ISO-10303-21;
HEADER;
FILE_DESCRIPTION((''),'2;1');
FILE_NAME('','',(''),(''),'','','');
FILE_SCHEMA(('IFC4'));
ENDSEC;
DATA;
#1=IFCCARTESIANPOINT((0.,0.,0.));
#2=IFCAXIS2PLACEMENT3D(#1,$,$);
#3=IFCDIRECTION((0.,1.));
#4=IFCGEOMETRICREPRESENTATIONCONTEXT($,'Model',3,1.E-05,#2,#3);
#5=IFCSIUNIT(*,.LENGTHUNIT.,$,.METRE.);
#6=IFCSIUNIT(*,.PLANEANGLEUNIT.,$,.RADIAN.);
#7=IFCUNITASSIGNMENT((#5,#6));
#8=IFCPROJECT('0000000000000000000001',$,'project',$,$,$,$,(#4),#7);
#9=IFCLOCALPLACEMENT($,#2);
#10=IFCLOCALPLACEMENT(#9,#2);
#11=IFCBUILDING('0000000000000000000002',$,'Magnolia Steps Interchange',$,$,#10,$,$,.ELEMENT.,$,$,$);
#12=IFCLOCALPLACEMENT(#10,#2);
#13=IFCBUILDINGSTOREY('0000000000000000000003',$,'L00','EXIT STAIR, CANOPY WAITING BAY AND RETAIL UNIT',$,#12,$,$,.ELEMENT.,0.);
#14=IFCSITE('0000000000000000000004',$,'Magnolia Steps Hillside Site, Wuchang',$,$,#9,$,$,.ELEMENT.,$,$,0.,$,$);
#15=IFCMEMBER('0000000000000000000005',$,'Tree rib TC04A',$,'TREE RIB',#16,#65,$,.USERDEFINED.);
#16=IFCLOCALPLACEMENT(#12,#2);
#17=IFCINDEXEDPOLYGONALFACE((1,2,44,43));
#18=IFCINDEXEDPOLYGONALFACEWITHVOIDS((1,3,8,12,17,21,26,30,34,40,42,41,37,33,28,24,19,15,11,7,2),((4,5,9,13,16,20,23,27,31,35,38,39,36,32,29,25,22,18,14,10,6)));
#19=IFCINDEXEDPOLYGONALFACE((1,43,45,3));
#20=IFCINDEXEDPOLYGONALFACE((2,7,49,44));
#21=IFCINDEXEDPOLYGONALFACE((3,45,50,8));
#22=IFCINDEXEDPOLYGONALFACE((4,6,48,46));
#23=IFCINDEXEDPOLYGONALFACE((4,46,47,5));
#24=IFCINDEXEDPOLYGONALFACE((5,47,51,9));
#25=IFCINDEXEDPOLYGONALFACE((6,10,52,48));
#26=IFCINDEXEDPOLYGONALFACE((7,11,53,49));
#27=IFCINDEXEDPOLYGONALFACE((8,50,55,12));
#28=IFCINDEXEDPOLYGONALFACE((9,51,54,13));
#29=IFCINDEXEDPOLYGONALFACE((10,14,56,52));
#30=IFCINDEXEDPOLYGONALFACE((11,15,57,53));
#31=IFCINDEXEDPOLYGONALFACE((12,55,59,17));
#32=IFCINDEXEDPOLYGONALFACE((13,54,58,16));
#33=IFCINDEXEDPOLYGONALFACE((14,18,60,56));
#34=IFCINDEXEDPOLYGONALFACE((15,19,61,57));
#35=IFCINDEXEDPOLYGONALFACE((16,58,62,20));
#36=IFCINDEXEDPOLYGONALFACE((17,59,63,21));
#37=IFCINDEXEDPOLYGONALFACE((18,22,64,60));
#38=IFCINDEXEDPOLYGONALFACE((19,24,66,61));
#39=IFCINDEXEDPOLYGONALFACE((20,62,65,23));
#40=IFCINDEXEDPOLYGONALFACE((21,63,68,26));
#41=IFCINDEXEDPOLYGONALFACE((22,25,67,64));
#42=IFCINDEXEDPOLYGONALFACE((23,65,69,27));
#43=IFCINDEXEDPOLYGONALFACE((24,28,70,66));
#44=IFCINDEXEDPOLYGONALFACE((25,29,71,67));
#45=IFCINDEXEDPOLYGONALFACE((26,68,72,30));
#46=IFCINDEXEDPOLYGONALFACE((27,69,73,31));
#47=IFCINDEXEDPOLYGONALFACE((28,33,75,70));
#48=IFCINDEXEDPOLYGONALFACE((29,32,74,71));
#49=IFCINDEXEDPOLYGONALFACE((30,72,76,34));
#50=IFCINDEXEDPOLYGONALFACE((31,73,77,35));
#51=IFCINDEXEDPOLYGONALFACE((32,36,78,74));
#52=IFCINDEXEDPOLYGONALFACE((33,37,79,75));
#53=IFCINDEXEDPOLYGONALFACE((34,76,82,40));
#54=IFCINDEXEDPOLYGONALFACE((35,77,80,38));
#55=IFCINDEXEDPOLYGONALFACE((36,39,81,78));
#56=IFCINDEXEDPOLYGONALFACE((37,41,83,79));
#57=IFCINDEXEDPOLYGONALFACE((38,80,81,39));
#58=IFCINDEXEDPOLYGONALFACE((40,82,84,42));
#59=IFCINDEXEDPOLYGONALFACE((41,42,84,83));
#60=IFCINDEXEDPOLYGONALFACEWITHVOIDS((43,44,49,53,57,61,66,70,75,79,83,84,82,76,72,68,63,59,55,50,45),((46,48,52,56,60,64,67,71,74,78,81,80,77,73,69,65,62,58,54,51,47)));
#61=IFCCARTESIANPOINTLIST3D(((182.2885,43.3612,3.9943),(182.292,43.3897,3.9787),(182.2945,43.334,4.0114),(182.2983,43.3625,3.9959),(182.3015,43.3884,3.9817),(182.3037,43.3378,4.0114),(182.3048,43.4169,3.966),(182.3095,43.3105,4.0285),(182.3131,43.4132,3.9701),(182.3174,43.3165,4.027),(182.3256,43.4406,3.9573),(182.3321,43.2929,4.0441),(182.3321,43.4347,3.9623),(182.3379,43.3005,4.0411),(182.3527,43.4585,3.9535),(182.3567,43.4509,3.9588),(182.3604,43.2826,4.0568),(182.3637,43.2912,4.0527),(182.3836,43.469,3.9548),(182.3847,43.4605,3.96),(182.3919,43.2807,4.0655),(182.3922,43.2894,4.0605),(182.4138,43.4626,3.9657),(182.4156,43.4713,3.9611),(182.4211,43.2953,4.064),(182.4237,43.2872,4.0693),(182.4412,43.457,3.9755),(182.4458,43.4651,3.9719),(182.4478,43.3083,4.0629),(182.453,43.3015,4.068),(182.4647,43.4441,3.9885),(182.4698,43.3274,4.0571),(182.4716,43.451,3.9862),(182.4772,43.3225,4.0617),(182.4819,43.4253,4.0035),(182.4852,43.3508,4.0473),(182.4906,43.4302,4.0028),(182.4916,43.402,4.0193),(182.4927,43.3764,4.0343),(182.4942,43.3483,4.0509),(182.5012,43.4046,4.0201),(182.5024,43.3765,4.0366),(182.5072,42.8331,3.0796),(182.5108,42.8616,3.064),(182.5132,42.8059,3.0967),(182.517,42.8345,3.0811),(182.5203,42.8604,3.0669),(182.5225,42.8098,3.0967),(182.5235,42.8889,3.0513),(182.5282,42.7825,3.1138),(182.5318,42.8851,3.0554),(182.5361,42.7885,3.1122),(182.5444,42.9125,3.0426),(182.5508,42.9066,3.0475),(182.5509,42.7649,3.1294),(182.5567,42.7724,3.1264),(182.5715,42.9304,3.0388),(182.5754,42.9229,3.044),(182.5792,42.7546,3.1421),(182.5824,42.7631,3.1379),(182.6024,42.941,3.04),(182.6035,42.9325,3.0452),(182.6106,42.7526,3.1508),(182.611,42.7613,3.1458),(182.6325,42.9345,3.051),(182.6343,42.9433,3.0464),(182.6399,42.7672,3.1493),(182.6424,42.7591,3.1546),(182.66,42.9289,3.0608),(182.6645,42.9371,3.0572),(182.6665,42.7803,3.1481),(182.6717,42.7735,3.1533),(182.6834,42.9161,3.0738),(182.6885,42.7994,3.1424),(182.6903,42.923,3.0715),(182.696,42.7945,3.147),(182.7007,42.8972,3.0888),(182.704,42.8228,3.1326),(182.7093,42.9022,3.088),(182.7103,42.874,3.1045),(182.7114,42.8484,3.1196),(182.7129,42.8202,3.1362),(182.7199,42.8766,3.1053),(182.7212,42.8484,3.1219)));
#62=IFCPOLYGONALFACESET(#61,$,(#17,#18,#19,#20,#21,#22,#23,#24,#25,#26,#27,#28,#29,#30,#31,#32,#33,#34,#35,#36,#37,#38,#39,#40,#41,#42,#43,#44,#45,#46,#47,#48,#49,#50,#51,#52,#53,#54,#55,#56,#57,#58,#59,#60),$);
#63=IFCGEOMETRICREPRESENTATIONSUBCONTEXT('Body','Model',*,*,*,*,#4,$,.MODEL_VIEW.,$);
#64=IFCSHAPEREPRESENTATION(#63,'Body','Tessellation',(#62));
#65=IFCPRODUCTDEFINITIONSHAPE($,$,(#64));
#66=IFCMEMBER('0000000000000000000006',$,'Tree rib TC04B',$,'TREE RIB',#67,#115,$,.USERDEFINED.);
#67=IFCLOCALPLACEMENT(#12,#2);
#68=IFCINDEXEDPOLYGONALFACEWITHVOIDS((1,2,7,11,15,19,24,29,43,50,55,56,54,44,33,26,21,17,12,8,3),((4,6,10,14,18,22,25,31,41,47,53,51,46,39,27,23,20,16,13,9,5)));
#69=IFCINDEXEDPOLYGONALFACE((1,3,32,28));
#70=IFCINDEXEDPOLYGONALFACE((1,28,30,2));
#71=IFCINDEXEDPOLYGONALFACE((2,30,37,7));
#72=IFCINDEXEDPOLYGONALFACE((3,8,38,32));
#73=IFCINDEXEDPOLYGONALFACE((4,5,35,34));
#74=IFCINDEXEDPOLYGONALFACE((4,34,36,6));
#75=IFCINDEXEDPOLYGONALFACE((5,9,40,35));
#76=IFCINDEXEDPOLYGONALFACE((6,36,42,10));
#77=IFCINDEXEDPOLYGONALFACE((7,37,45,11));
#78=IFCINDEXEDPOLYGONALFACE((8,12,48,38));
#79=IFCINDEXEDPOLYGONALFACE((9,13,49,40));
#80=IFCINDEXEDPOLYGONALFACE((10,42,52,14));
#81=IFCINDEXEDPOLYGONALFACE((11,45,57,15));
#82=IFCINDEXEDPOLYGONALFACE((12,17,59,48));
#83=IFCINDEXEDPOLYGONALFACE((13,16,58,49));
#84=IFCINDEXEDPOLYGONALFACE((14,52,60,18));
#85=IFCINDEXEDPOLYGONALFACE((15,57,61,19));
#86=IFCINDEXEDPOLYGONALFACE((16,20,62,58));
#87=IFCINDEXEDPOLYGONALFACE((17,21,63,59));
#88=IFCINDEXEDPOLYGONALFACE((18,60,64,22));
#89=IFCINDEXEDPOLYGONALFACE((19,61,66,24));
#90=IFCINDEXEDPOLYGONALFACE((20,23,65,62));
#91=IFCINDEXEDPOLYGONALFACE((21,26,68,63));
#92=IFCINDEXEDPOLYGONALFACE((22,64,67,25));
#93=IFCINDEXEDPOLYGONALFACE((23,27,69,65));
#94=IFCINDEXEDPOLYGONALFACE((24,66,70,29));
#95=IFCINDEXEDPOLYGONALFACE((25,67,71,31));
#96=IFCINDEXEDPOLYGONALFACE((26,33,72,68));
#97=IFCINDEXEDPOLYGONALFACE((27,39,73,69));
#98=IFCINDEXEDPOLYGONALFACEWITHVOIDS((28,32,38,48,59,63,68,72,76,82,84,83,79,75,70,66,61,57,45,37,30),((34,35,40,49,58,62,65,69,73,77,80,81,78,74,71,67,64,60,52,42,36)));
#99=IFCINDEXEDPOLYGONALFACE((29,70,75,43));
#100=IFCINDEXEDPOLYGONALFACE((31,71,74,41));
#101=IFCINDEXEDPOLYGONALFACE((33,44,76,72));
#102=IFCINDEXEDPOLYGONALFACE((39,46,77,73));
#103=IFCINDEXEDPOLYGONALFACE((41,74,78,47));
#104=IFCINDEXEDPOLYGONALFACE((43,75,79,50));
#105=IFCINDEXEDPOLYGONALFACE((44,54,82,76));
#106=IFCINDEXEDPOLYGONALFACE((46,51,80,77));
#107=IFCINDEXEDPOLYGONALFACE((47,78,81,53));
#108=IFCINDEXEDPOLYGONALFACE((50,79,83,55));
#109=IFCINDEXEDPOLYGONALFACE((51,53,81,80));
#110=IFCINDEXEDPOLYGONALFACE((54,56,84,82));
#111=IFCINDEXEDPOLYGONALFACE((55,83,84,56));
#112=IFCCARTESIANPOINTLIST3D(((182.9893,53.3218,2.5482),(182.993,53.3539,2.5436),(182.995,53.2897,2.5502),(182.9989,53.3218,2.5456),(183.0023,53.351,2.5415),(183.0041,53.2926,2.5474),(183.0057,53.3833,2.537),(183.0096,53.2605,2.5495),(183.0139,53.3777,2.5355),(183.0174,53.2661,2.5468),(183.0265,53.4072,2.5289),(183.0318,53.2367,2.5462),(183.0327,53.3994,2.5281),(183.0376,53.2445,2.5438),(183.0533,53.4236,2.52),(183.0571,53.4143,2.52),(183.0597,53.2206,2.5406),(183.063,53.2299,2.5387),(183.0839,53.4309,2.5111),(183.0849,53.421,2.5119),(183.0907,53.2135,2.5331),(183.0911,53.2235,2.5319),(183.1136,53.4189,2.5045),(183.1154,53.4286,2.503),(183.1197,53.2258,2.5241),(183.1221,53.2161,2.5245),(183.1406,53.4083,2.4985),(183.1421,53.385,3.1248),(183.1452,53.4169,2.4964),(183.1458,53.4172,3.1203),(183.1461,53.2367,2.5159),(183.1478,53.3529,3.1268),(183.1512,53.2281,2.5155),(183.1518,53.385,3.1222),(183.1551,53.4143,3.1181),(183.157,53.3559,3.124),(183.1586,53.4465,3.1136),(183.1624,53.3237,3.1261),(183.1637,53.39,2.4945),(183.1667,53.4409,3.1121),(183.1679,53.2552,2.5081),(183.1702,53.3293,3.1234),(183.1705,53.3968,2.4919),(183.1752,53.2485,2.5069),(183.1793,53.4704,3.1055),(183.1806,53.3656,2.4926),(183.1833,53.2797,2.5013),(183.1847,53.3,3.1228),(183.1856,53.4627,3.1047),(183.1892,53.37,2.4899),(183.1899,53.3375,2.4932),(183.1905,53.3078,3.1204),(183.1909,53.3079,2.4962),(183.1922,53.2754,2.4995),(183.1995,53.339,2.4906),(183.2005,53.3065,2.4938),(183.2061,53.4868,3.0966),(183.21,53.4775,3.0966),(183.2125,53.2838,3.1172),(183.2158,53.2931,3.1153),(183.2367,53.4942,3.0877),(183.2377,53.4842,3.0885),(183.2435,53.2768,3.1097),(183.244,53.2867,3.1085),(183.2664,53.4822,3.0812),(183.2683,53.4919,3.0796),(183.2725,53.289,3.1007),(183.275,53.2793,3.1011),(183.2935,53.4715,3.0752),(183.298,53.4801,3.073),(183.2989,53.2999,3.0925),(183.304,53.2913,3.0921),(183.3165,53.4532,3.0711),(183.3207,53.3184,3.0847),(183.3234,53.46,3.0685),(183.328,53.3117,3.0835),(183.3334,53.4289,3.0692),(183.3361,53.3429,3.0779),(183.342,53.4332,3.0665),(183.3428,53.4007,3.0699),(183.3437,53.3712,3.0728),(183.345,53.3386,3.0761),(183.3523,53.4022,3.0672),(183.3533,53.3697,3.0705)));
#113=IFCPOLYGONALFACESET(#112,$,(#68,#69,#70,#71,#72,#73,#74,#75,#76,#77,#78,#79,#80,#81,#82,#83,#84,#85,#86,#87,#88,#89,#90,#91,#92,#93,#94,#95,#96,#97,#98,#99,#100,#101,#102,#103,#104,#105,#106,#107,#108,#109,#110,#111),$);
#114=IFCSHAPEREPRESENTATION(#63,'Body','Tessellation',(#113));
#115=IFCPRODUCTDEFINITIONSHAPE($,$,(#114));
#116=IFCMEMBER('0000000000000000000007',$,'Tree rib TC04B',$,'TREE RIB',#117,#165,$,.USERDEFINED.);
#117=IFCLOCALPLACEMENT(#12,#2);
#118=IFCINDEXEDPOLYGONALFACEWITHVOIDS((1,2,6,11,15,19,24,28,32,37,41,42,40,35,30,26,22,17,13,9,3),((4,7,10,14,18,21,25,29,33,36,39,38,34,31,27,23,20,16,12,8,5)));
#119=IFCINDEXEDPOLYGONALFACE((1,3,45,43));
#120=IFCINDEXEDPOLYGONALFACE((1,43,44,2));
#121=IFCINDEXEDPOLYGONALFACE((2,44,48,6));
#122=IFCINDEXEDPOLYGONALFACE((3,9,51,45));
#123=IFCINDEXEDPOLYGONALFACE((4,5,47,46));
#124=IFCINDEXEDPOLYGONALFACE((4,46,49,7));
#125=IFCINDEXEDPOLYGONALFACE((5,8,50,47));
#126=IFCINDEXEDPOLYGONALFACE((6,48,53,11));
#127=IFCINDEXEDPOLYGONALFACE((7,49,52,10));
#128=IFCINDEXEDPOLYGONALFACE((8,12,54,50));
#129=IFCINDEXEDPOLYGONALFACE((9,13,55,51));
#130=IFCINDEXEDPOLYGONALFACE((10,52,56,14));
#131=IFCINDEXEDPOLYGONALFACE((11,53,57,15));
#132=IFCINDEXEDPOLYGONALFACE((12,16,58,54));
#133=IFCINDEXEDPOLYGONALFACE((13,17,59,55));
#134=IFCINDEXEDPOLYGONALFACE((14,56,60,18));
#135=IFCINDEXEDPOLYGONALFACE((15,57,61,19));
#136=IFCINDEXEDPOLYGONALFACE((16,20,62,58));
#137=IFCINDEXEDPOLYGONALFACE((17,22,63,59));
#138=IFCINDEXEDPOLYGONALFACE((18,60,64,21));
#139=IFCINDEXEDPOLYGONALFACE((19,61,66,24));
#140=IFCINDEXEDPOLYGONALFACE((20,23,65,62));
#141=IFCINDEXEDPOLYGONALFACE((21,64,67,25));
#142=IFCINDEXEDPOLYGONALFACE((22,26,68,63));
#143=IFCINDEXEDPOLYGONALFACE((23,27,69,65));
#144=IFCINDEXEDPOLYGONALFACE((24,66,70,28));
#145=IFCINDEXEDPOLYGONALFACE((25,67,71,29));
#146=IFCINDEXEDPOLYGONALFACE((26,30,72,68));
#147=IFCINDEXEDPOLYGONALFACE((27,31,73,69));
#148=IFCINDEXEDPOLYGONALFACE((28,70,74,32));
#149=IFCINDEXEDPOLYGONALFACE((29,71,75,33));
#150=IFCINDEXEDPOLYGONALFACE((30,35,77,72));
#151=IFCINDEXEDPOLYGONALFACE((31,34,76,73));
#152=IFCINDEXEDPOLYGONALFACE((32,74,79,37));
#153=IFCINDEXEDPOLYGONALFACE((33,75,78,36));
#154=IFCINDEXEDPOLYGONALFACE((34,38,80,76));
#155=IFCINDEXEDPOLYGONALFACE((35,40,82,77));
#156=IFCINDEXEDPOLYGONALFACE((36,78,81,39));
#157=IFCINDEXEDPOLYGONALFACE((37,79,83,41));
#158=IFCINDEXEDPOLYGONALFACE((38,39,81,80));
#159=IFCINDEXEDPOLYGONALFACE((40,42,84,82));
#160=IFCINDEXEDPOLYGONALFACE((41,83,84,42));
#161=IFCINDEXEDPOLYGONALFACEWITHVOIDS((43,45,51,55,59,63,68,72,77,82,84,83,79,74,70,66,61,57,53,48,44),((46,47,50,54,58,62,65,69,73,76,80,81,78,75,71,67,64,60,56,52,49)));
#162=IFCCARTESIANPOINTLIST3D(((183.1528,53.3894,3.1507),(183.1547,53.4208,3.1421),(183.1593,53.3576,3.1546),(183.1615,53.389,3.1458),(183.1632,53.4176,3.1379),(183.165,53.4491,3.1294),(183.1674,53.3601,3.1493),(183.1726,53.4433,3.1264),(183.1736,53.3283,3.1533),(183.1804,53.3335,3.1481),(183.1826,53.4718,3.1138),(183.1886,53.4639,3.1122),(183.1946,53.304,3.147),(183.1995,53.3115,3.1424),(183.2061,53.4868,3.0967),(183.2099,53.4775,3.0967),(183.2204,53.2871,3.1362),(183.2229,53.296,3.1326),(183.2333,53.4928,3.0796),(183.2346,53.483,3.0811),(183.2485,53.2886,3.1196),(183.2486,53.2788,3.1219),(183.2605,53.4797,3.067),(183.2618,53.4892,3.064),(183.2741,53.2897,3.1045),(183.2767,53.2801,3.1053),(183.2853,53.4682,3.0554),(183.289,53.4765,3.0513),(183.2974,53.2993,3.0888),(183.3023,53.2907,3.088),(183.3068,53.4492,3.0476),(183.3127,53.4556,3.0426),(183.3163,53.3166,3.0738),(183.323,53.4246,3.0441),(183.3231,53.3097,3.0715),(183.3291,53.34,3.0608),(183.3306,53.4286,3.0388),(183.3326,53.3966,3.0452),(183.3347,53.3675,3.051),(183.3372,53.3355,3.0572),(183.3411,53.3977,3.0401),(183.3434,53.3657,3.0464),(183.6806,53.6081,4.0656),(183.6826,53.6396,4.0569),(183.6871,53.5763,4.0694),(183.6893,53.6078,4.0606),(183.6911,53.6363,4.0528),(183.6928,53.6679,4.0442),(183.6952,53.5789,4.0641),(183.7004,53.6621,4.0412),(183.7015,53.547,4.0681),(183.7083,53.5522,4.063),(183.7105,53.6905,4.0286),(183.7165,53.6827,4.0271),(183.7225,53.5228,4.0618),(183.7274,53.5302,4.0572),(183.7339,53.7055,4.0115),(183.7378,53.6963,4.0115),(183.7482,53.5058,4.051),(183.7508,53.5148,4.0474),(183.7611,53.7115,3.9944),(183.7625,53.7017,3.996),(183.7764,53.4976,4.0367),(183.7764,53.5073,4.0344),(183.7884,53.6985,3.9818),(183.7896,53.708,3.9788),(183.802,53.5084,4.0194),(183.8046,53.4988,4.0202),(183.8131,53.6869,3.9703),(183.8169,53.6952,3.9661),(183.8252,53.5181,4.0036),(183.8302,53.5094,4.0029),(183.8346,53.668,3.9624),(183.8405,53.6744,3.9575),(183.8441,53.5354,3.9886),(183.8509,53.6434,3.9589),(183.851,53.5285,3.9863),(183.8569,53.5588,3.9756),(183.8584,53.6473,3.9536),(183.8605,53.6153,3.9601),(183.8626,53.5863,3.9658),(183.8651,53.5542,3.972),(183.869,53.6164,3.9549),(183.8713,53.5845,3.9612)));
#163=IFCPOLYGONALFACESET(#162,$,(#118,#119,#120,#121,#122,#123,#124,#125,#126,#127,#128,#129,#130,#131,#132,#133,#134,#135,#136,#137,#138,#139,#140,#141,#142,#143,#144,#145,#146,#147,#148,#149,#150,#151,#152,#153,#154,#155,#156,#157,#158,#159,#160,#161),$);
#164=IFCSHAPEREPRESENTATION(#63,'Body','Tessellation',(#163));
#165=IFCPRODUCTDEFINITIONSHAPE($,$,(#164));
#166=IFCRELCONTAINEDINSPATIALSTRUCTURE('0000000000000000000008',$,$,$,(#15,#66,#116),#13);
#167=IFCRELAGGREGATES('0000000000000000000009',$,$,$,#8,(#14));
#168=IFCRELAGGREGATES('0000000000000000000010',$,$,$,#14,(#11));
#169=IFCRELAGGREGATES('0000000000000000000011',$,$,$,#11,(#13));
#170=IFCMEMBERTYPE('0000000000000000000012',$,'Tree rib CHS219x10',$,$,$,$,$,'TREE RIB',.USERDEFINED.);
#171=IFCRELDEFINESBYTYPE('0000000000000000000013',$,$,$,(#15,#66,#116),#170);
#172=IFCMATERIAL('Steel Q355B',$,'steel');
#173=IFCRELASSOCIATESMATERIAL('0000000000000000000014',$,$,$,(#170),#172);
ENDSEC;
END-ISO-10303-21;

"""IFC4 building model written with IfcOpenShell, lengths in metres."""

from ifc_helpers import new_model, si_unit, direction, frame, origin, origin_2d, place, context, subcontext, project, spatial, hollow_circle, extrude, material, material_profile, profile_set, type_object, element, save


model = new_model("IFC4")

# Units and contexts
model_context = context("Model", 3, precision=1e-05, world=origin(), true_north=direction((0.0, 1.0)))
body_context = subcontext(model_context, "Body", "Model", "MODEL_VIEW")
ifc_project = project(units=[si_unit("LENGTHUNIT", "METRE"), si_unit("PLANEANGLEUNIT", "RADIAN")], contexts=[model_context])

# Site, building, storey
site_placement = place(None, origin())
site = spatial("IfcSite", under=ifc_project, at=site_placement, Name="Magnolia Steps Hillside Site, Wuchang", CompositionType="ELEMENT", RefElevation=0.0)
building_placement = place(site_placement, origin())
building = spatial("IfcBuilding", under=site, at=building_placement, Name="Magnolia Steps Interchange", CompositionType="ELEMENT")
storey_placement = place(building_placement, origin())
storey = spatial("IfcBuildingStorey", under=building, at=storey_placement, Name="L00", Description="EXIT STAIR, CANOPY WAITING BAY AND RETAIL UNIT", CompositionType="ELEMENT", Elevation=0.0)

# Members
ifc_material_1 = material(Name="Steel Q355B", Category="steel")
ifc_material_profile_1 = material_profile(ifc_material_1, hollow_circle(Radius=0.1096, WallThickness=0.01, at=origin_2d()), Name="CHS219x10")
ifc_profile_set_1 = profile_set([ifc_material_profile_1], Name="Steel Q355B")
member_type = type_object("IfcMemberType", Name="Tree rib CHS219x10", ElementType="TREE RIB", PredefinedType="USERDEFINED", material=ifc_profile_set_1)
member_1_placement = place(storey_placement, frame((182.6145, 42.8479, 3.0967), z_axis=(-0.202793, 0.489555, 0.848063), x_axis=(-0.923871, -0.382704, 0.0)))
element("IfcMember", 1, at=member_1_placement, inside=storey, type_object=member_type, Name="Tree rib TC04A", ObjectType="TREE RIB", PredefinedType="USERDEFINED", context=body_context, shape_type="SweptSolid", body=[
    extrude(hollow_circle(Radius=0.1096, WallThickness=0.01, at=origin_2d()), origin(), (0.0, 0.0, 1.0), 1.0786),
])
member_2_placement = place(storey_placement, frame((183.0952, 53.3223, 2.52), z_axis=(0.254758, 0.105403, 0.961243), x_axis=(-0.382308, 0.924035, 0.0)))
element("IfcMember", 2, at=member_2_placement, inside=storey, type_object=member_type, Name="Tree rib TC04B", ObjectType="TREE RIB", PredefinedType="USERDEFINED", context=body_context, shape_type="SweptSolid", body=[
    extrude(hollow_circle(Radius=0.1096, WallThickness=0.01, at=origin_2d()), origin(), (0.0, 0.0, 1.0), 0.5999),
])
member_3_placement = place(storey_placement, frame((183.248, 53.3855, 3.0967), z_axis=(0.489382, 0.202815, 0.848157), x_axis=(-0.382855, 0.923808, 0.0)))
element("IfcMember", 3, at=member_3_placement, inside=storey, type_object=member_type, Name="Tree rib TC04B", ObjectType="TREE RIB", PredefinedType="USERDEFINED", context=body_context, shape_type="SweptSolid", body=[
    extrude(hollow_circle(Radius=0.1096, WallThickness=0.01, at=origin_2d()), origin(), (0.0, 0.0, 1.0), 1.0786),
])

save(model, "model.ifc")
